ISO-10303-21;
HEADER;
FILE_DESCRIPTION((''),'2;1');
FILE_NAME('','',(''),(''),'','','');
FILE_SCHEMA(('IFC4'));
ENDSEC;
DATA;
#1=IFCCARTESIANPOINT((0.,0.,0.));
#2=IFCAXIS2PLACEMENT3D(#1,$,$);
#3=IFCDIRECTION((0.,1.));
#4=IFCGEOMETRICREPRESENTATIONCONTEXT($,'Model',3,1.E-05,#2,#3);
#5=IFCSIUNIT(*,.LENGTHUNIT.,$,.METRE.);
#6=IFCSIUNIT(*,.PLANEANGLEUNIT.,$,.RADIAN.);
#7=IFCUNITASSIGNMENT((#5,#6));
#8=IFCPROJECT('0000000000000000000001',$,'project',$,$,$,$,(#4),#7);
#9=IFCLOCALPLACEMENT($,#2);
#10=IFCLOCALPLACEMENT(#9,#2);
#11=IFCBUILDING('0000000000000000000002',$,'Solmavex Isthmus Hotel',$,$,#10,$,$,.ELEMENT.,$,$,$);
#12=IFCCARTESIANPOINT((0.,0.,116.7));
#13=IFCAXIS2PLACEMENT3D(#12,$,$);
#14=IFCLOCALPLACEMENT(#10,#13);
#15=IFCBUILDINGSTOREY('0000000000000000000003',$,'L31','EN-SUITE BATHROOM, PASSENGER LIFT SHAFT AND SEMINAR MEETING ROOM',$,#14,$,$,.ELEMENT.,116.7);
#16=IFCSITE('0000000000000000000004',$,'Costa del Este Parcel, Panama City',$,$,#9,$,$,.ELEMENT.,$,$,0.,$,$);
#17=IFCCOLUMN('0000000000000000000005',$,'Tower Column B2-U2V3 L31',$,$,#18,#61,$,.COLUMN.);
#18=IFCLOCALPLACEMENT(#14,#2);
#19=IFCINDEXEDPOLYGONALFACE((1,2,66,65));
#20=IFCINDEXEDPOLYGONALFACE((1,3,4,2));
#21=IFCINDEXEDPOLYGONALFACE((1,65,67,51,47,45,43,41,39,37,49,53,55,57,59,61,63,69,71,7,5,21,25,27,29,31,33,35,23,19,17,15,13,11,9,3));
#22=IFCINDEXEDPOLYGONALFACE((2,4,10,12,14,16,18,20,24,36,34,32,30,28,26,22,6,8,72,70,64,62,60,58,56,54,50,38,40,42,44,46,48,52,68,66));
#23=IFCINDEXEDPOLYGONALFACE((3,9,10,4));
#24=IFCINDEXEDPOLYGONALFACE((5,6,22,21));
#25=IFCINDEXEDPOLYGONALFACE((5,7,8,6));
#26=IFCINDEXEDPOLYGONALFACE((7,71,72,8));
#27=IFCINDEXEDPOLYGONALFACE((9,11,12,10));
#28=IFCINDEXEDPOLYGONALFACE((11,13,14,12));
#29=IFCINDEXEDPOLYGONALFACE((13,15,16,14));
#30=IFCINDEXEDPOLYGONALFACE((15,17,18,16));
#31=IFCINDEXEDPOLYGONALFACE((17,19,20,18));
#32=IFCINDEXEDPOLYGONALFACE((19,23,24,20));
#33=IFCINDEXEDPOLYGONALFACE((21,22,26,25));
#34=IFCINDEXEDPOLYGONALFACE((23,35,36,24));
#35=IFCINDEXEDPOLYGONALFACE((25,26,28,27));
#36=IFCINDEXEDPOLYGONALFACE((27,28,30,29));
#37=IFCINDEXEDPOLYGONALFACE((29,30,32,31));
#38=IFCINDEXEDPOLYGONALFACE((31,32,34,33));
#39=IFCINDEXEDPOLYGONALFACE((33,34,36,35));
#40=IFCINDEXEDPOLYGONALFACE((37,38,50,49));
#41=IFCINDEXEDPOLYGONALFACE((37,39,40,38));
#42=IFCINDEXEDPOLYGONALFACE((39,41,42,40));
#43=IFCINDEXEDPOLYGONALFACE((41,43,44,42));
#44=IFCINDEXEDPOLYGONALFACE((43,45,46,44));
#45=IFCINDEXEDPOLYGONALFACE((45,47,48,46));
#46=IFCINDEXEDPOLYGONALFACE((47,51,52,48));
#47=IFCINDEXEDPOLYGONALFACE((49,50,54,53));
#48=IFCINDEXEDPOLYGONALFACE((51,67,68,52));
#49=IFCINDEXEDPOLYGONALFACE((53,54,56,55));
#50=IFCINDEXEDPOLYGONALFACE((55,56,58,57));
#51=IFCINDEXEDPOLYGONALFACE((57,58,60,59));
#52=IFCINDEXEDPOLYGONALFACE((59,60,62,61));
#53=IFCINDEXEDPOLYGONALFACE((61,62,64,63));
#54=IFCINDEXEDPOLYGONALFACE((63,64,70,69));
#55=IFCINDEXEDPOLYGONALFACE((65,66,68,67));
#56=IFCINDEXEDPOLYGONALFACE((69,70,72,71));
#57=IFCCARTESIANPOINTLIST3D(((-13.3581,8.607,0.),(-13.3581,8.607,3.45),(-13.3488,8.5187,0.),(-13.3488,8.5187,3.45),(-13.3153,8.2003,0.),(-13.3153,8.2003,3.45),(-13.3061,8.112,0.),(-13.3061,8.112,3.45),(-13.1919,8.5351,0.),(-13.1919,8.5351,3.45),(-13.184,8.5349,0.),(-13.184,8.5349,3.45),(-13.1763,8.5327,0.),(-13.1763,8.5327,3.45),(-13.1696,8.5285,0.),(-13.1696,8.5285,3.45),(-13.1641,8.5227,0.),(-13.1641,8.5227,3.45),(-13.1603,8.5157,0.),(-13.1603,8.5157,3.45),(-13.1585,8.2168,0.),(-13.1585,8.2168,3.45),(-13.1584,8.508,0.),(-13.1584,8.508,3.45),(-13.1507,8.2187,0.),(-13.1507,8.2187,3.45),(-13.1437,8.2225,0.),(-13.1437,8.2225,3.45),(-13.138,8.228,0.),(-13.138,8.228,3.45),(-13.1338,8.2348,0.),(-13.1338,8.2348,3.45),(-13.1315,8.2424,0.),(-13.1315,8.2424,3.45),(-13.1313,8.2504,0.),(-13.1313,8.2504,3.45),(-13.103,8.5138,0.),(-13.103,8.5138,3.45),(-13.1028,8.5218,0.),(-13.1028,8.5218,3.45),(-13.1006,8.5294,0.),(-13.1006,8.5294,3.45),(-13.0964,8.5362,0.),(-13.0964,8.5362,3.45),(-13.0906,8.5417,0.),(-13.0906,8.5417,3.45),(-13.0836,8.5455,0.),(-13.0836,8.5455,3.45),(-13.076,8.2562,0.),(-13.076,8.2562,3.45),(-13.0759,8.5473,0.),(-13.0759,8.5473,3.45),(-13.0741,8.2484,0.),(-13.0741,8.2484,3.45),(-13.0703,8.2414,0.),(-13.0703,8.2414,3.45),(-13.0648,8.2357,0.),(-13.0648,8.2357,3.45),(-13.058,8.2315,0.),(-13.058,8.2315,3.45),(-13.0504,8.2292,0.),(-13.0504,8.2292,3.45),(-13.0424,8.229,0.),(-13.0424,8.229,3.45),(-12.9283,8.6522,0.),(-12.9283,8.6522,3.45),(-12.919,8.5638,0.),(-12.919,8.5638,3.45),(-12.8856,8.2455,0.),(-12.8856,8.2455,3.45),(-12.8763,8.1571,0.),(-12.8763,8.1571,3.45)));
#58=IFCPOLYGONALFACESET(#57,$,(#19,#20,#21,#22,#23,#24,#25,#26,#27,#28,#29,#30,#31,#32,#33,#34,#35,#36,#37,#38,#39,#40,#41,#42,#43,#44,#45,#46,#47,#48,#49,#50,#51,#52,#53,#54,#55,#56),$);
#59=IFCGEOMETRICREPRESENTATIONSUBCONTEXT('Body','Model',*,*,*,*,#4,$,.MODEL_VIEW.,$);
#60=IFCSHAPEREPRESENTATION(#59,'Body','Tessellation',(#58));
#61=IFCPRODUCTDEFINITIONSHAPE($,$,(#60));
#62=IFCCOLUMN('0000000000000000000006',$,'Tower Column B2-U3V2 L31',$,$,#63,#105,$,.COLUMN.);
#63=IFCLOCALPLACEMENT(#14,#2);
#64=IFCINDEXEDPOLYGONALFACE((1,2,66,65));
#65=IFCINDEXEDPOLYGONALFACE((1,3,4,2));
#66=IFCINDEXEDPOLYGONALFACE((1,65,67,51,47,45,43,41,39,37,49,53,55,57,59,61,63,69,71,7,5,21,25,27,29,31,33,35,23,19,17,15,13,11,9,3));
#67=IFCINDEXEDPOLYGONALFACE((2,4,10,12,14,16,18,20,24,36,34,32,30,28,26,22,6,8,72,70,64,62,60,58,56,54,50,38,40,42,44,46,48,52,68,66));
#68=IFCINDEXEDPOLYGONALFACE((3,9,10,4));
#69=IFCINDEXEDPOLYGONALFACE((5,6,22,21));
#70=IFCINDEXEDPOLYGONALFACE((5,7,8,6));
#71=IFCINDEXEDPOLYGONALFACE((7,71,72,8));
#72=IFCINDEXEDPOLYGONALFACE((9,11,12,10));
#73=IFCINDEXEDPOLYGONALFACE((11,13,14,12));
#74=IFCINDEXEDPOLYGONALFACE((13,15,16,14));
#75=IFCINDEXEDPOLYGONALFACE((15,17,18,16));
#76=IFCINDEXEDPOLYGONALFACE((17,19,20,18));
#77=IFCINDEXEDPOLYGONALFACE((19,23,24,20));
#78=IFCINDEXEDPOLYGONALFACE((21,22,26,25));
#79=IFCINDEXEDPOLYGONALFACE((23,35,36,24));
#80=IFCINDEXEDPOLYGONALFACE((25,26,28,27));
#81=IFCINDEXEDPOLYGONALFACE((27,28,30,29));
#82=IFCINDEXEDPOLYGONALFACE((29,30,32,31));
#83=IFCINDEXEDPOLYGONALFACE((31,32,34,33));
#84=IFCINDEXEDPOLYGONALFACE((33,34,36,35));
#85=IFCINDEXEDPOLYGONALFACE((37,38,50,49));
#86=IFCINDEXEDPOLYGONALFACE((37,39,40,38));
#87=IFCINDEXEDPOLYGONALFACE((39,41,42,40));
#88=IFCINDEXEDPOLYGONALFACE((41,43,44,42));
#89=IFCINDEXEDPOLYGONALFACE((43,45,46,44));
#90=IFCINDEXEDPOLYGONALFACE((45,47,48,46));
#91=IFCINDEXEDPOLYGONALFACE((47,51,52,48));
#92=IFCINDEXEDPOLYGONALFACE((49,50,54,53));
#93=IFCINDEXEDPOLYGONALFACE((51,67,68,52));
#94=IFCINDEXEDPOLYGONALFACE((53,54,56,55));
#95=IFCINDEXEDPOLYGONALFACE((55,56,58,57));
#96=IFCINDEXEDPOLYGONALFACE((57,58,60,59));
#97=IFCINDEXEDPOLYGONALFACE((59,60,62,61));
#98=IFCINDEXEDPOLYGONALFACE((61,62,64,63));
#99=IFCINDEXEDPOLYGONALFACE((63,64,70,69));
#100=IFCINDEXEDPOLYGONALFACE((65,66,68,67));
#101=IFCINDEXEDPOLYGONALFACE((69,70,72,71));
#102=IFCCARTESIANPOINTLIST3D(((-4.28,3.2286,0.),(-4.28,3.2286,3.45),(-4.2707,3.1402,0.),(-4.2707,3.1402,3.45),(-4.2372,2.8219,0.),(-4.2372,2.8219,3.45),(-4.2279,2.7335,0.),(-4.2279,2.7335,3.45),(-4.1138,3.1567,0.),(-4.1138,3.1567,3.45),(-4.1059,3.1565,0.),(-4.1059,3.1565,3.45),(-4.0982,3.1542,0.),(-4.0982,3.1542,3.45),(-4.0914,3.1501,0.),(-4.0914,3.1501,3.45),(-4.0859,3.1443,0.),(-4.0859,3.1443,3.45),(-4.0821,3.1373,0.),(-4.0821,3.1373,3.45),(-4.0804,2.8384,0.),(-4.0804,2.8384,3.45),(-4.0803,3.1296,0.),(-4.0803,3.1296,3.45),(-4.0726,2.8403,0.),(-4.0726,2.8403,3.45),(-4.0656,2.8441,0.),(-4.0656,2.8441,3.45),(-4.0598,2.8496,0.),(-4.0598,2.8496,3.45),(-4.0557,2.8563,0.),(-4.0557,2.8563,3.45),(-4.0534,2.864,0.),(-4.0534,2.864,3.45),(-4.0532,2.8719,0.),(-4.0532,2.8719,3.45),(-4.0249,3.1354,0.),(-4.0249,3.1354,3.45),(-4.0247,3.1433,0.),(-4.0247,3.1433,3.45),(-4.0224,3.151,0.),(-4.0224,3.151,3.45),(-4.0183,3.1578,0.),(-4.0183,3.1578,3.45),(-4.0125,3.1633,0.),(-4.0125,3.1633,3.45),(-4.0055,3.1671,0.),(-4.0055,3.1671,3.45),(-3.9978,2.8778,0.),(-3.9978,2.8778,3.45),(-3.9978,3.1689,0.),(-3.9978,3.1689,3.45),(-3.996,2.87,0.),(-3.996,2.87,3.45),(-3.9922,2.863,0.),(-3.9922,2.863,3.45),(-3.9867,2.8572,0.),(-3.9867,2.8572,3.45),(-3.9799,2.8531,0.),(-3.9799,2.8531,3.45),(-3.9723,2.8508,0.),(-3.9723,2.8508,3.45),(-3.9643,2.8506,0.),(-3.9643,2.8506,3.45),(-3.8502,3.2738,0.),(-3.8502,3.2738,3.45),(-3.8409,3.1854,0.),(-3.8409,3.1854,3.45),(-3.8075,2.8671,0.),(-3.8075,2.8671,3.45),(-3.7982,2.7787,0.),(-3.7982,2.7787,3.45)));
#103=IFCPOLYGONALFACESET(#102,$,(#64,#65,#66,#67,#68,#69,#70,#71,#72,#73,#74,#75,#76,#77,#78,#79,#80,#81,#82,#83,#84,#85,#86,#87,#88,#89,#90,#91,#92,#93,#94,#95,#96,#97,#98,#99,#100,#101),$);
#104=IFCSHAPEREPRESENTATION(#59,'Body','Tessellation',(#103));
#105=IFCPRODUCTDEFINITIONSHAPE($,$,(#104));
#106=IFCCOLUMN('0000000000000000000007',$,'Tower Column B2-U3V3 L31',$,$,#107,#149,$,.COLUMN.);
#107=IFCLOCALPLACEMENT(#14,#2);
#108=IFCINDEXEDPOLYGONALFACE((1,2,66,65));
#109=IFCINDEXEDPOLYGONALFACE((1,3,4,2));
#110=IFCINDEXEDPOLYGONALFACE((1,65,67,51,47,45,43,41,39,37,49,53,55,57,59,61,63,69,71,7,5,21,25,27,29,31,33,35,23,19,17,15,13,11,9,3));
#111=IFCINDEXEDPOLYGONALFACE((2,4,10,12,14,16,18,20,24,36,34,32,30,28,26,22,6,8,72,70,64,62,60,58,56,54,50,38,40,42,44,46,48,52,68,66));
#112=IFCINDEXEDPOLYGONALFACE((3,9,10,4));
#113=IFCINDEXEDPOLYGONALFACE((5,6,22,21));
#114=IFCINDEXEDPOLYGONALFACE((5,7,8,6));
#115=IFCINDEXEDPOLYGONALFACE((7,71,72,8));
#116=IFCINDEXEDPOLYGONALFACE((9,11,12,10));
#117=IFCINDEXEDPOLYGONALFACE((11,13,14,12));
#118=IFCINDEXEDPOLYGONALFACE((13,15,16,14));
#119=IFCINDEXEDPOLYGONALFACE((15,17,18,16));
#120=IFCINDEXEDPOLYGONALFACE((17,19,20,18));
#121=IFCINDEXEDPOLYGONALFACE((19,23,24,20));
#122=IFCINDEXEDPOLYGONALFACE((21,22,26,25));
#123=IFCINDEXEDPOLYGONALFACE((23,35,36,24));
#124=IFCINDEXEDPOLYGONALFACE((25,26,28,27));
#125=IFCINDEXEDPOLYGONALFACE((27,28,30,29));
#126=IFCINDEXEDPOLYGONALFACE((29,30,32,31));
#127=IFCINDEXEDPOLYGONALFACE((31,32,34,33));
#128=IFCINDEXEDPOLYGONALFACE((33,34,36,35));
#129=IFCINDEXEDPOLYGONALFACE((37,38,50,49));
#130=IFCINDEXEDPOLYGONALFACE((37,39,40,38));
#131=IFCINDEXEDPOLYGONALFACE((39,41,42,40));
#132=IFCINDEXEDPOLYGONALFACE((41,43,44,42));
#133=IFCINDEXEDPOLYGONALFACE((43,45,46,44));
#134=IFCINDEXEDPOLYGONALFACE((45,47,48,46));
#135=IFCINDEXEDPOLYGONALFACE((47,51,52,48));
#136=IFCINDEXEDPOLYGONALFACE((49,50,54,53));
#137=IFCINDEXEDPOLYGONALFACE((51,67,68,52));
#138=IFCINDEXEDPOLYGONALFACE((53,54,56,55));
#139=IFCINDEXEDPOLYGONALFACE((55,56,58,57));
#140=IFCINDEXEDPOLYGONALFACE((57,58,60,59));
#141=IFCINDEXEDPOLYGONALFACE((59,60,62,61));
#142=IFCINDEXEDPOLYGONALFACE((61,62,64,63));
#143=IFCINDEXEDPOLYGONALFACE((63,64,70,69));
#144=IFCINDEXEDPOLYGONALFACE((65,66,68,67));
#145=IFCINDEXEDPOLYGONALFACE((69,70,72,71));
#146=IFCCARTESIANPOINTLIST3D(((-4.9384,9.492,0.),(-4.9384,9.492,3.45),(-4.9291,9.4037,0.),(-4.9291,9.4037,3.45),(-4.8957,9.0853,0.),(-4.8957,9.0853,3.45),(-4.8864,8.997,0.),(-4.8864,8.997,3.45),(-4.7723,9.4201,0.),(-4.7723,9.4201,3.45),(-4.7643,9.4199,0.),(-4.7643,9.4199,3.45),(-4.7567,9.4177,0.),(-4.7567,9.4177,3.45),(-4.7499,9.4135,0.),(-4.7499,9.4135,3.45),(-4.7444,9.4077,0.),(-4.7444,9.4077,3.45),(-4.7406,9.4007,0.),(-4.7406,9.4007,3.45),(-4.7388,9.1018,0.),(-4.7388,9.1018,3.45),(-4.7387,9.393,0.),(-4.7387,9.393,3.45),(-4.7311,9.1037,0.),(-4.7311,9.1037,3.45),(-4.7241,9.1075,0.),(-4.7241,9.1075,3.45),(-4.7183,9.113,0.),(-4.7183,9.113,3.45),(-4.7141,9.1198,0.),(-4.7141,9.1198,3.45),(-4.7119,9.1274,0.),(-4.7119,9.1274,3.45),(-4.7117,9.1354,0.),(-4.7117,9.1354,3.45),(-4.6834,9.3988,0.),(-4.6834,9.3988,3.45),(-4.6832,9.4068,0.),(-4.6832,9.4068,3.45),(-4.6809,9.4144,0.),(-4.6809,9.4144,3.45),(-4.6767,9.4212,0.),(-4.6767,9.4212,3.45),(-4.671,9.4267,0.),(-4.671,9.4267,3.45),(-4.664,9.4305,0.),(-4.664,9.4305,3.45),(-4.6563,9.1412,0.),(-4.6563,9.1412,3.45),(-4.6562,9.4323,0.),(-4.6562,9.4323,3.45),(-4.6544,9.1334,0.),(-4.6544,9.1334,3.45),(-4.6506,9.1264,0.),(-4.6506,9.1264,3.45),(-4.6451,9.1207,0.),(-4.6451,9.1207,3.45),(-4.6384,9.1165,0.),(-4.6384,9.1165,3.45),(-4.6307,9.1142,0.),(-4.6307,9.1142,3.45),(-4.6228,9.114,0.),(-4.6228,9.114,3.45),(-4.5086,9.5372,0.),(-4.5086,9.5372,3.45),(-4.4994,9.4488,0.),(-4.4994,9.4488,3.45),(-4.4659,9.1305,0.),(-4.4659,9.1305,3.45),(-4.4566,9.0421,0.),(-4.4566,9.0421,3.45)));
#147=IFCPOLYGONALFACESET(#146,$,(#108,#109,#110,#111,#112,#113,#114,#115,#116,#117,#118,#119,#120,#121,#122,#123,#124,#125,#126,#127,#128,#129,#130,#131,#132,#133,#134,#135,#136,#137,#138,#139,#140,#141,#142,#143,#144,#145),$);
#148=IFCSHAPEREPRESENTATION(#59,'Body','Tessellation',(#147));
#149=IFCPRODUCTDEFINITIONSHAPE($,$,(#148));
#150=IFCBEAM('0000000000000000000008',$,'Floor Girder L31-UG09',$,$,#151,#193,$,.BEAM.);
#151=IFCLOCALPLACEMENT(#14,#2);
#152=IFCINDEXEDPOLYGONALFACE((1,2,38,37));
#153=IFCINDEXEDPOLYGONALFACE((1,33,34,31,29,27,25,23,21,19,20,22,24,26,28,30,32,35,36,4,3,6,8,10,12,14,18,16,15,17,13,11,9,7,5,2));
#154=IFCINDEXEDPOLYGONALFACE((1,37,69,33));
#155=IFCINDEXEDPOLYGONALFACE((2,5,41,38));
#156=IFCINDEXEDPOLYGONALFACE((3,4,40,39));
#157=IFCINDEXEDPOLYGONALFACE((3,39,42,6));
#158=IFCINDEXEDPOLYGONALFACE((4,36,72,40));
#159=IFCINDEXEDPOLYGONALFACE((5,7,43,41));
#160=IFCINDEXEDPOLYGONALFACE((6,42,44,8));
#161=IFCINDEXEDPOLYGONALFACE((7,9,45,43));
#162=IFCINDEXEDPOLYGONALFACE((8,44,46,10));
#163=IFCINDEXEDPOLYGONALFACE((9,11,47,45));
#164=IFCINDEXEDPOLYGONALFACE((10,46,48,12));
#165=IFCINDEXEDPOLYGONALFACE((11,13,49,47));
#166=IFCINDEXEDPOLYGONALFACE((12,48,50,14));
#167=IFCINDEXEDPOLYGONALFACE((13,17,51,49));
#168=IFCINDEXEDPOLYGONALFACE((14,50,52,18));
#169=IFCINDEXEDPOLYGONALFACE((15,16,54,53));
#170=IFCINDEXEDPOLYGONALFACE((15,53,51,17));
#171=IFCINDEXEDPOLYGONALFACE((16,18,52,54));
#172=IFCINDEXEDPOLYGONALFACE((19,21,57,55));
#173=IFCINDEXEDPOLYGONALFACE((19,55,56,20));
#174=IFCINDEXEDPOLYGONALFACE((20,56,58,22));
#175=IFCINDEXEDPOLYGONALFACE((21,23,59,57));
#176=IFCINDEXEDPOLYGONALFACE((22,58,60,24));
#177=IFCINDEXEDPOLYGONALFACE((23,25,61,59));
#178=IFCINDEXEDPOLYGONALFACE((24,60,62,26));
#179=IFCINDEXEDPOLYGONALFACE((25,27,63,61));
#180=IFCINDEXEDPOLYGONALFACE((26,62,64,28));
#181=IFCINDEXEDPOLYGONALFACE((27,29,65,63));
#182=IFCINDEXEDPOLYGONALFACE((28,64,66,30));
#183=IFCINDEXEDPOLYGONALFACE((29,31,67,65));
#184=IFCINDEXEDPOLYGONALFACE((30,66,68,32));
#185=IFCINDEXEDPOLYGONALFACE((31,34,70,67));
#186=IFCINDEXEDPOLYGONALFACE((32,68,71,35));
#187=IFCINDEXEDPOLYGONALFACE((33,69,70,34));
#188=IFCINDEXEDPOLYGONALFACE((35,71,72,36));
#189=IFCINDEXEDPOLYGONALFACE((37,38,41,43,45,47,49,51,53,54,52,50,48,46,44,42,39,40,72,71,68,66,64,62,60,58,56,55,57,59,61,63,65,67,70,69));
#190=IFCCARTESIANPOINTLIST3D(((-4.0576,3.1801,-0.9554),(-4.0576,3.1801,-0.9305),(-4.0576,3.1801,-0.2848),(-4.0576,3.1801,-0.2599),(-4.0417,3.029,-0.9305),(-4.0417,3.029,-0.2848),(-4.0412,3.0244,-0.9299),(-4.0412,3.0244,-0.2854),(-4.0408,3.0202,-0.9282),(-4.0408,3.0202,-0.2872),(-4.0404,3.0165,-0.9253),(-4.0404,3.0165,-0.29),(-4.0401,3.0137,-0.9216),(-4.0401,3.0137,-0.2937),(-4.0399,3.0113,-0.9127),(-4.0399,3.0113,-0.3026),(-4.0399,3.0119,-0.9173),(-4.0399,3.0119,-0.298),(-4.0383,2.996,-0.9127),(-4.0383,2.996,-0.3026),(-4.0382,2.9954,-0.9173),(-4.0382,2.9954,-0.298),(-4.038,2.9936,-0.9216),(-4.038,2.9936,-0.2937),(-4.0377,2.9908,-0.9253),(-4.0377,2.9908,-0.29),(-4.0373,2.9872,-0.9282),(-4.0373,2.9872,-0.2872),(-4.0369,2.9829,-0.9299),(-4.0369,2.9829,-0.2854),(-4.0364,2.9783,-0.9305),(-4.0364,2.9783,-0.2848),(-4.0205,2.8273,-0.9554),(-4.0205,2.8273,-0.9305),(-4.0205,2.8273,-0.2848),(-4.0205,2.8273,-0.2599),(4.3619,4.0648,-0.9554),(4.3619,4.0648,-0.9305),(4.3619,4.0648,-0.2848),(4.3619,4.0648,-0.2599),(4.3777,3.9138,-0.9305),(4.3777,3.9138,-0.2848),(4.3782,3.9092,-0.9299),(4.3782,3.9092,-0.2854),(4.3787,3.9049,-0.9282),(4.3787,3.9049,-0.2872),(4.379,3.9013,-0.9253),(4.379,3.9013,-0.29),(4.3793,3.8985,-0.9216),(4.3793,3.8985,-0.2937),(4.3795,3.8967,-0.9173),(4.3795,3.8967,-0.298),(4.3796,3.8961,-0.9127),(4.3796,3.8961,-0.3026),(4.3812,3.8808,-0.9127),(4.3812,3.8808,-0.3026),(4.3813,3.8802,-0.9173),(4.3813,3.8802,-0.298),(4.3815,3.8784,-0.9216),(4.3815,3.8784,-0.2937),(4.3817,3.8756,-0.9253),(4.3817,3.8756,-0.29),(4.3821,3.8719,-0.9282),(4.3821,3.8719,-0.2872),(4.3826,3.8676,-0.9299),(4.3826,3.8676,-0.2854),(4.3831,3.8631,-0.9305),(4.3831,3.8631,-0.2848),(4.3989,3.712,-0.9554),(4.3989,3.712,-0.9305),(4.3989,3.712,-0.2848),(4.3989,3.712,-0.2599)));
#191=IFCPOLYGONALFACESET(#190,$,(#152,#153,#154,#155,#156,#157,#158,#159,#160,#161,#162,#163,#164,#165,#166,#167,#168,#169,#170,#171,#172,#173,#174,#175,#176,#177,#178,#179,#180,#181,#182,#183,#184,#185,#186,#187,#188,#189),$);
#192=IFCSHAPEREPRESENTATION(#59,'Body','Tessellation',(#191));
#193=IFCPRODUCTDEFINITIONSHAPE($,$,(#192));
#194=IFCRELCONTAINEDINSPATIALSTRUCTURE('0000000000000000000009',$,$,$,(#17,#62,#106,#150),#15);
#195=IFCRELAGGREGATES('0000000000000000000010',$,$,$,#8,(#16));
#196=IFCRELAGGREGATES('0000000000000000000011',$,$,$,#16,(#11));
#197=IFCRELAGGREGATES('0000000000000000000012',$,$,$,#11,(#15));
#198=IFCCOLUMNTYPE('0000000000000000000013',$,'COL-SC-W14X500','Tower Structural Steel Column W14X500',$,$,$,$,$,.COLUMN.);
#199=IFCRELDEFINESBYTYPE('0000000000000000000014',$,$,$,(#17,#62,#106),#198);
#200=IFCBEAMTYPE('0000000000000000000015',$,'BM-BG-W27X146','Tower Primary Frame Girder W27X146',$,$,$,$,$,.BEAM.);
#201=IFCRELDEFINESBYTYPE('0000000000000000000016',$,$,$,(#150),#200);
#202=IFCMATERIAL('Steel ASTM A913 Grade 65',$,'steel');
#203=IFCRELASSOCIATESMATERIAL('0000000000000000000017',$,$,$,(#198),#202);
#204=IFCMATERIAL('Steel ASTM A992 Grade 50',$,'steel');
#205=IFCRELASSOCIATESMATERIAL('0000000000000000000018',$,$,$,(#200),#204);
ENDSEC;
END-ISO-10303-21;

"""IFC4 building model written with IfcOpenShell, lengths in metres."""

from ifc_helpers import new_model, si_unit, direction, frame, origin, origin_2d, place, context, subcontext, project, spatial, i_section, extrude, material, material_profile, profile_set, type_object, element, save


model = new_model("IFC4")

# Units and contexts
model_context = context("Model", 3, precision=1e-05, world=origin(), true_north=direction((0.0, 1.0)))
body_context = subcontext(model_context, "Body", "Model", "MODEL_VIEW")
ifc_project = project(units=[si_unit("LENGTHUNIT", "METRE"), si_unit("PLANEANGLEUNIT", "RADIAN")], contexts=[model_context])

# Site, building, storey
site_placement = place(None, origin())
site = spatial("IfcSite", under=ifc_project, at=site_placement, Name="Costa del Este Parcel, Panama City", CompositionType="ELEMENT", RefElevation=0.0)
building_placement = place(site_placement, origin())
building = spatial("IfcBuilding", under=site, at=building_placement, Name="Solmavex Isthmus Hotel", CompositionType="ELEMENT")
storey_placement = place(building_placement, frame((0.0, 0.0, 116.7)))
storey = spatial("IfcBuildingStorey", under=building, at=storey_placement, Name="L31", Description="EN-SUITE BATHROOM, PASSENGER LIFT SHAFT AND SEMINAR MEETING ROOM", CompositionType="ELEMENT", Elevation=116.7)

# Columns
ifc_material_1 = material(Name="Steel ASTM A913 Grade 65", Category="steel")
ifc_material_profile_1 = material_profile(ifc_material_1, i_section(OverallWidth=0.4321, OverallDepth=0.4978, WebThickness=0.0557, FlangeThickness=0.0889, FilletRadius=0.0305, at=origin_2d()), Name="W14X500")
ifc_profile_set_1 = profile_set([ifc_material_profile_1], Name="Steel ASTM A913 Grade 65")
column_type = type_object("IfcColumnType", Name="COL-SC-W14X500", Description="Tower Structural Steel Column W14X500", PredefinedType="COLUMN", material=ifc_profile_set_1)
for number, where, z_axis, x_axis, name in (
    (1, (-13.1172, 8.3821, 0.0), (0.0, 0.0, 1.0), (0.994522, 0.104528, 0.0), "Tower Column B2-U2V3 L31"),
    (2, (-4.0391, 3.0037, 0.0), (0.0, 0.0, 1.0), (0.994522, 0.104528, 0.0), "Tower Column B2-U3V2 L31"),
    (3, (-4.6975, 9.2671, 0.0), (0.0, 0.0, 1.0), (0.994522, 0.104528, 0.0), "Tower Column B2-U3V3 L31"),
):
    element("IfcColumn", number, at=place(storey_placement, frame(where, z_axis=z_axis, x_axis=x_axis)), inside=storey, type_object=column_type, Name=name, PredefinedType="COLUMN", context=body_context, shape_type="SweptSolid", body=[
        extrude(i_section(OverallWidth=0.4321, OverallDepth=0.4978, WebThickness=0.0557, FlangeThickness=0.0889, FilletRadius=0.0305, at=origin_2d()), origin(), (0.0, 0.0, 1.0), 3.45),
    ])

# Beam
ifc_material_2 = material(Name="Steel ASTM A992 Grade 50", Category="steel")
ifc_material_profile_2 = material_profile(ifc_material_2, i_section(OverallWidth=0.3547, OverallDepth=0.6956, WebThickness=0.0154, FlangeThickness=0.0249, FilletRadius=0.0178, at=origin_2d()), Name="W27X146")
ifc_profile_set_2 = profile_set([ifc_material_profile_2], Name="Steel ASTM A992 Grade 50")
beam_type_1 = type_object("IfcBeamType", Name="BM-BG-W27X146", Description="Tower Primary Frame Girder W27X146", PredefinedType="BEAM", material=ifc_profile_set_2)
beam_1_placement = place(storey_placement, frame((-4.0391, 3.0037, -0.6077), z_axis=(0.994524, 0.104511, 0.0), x_axis=(-0.104511, 0.994524, 0.0)))
element("IfcBeam", 4, at=beam_1_placement, inside=storey, type_object=beam_type_1, Name="Floor Girder L31-UG09", PredefinedType="BEAM", context=body_context, shape_type="SweptSolid", body=[
    extrude(i_section(OverallWidth=0.3547, OverallDepth=0.6956, WebThickness=0.0154, FlangeThickness=0.0249, FilletRadius=0.0178, at=origin_2d()), origin(), (0.0, 0.0, 1.0), 8.4658),
])

save(model, "model.ifc")
